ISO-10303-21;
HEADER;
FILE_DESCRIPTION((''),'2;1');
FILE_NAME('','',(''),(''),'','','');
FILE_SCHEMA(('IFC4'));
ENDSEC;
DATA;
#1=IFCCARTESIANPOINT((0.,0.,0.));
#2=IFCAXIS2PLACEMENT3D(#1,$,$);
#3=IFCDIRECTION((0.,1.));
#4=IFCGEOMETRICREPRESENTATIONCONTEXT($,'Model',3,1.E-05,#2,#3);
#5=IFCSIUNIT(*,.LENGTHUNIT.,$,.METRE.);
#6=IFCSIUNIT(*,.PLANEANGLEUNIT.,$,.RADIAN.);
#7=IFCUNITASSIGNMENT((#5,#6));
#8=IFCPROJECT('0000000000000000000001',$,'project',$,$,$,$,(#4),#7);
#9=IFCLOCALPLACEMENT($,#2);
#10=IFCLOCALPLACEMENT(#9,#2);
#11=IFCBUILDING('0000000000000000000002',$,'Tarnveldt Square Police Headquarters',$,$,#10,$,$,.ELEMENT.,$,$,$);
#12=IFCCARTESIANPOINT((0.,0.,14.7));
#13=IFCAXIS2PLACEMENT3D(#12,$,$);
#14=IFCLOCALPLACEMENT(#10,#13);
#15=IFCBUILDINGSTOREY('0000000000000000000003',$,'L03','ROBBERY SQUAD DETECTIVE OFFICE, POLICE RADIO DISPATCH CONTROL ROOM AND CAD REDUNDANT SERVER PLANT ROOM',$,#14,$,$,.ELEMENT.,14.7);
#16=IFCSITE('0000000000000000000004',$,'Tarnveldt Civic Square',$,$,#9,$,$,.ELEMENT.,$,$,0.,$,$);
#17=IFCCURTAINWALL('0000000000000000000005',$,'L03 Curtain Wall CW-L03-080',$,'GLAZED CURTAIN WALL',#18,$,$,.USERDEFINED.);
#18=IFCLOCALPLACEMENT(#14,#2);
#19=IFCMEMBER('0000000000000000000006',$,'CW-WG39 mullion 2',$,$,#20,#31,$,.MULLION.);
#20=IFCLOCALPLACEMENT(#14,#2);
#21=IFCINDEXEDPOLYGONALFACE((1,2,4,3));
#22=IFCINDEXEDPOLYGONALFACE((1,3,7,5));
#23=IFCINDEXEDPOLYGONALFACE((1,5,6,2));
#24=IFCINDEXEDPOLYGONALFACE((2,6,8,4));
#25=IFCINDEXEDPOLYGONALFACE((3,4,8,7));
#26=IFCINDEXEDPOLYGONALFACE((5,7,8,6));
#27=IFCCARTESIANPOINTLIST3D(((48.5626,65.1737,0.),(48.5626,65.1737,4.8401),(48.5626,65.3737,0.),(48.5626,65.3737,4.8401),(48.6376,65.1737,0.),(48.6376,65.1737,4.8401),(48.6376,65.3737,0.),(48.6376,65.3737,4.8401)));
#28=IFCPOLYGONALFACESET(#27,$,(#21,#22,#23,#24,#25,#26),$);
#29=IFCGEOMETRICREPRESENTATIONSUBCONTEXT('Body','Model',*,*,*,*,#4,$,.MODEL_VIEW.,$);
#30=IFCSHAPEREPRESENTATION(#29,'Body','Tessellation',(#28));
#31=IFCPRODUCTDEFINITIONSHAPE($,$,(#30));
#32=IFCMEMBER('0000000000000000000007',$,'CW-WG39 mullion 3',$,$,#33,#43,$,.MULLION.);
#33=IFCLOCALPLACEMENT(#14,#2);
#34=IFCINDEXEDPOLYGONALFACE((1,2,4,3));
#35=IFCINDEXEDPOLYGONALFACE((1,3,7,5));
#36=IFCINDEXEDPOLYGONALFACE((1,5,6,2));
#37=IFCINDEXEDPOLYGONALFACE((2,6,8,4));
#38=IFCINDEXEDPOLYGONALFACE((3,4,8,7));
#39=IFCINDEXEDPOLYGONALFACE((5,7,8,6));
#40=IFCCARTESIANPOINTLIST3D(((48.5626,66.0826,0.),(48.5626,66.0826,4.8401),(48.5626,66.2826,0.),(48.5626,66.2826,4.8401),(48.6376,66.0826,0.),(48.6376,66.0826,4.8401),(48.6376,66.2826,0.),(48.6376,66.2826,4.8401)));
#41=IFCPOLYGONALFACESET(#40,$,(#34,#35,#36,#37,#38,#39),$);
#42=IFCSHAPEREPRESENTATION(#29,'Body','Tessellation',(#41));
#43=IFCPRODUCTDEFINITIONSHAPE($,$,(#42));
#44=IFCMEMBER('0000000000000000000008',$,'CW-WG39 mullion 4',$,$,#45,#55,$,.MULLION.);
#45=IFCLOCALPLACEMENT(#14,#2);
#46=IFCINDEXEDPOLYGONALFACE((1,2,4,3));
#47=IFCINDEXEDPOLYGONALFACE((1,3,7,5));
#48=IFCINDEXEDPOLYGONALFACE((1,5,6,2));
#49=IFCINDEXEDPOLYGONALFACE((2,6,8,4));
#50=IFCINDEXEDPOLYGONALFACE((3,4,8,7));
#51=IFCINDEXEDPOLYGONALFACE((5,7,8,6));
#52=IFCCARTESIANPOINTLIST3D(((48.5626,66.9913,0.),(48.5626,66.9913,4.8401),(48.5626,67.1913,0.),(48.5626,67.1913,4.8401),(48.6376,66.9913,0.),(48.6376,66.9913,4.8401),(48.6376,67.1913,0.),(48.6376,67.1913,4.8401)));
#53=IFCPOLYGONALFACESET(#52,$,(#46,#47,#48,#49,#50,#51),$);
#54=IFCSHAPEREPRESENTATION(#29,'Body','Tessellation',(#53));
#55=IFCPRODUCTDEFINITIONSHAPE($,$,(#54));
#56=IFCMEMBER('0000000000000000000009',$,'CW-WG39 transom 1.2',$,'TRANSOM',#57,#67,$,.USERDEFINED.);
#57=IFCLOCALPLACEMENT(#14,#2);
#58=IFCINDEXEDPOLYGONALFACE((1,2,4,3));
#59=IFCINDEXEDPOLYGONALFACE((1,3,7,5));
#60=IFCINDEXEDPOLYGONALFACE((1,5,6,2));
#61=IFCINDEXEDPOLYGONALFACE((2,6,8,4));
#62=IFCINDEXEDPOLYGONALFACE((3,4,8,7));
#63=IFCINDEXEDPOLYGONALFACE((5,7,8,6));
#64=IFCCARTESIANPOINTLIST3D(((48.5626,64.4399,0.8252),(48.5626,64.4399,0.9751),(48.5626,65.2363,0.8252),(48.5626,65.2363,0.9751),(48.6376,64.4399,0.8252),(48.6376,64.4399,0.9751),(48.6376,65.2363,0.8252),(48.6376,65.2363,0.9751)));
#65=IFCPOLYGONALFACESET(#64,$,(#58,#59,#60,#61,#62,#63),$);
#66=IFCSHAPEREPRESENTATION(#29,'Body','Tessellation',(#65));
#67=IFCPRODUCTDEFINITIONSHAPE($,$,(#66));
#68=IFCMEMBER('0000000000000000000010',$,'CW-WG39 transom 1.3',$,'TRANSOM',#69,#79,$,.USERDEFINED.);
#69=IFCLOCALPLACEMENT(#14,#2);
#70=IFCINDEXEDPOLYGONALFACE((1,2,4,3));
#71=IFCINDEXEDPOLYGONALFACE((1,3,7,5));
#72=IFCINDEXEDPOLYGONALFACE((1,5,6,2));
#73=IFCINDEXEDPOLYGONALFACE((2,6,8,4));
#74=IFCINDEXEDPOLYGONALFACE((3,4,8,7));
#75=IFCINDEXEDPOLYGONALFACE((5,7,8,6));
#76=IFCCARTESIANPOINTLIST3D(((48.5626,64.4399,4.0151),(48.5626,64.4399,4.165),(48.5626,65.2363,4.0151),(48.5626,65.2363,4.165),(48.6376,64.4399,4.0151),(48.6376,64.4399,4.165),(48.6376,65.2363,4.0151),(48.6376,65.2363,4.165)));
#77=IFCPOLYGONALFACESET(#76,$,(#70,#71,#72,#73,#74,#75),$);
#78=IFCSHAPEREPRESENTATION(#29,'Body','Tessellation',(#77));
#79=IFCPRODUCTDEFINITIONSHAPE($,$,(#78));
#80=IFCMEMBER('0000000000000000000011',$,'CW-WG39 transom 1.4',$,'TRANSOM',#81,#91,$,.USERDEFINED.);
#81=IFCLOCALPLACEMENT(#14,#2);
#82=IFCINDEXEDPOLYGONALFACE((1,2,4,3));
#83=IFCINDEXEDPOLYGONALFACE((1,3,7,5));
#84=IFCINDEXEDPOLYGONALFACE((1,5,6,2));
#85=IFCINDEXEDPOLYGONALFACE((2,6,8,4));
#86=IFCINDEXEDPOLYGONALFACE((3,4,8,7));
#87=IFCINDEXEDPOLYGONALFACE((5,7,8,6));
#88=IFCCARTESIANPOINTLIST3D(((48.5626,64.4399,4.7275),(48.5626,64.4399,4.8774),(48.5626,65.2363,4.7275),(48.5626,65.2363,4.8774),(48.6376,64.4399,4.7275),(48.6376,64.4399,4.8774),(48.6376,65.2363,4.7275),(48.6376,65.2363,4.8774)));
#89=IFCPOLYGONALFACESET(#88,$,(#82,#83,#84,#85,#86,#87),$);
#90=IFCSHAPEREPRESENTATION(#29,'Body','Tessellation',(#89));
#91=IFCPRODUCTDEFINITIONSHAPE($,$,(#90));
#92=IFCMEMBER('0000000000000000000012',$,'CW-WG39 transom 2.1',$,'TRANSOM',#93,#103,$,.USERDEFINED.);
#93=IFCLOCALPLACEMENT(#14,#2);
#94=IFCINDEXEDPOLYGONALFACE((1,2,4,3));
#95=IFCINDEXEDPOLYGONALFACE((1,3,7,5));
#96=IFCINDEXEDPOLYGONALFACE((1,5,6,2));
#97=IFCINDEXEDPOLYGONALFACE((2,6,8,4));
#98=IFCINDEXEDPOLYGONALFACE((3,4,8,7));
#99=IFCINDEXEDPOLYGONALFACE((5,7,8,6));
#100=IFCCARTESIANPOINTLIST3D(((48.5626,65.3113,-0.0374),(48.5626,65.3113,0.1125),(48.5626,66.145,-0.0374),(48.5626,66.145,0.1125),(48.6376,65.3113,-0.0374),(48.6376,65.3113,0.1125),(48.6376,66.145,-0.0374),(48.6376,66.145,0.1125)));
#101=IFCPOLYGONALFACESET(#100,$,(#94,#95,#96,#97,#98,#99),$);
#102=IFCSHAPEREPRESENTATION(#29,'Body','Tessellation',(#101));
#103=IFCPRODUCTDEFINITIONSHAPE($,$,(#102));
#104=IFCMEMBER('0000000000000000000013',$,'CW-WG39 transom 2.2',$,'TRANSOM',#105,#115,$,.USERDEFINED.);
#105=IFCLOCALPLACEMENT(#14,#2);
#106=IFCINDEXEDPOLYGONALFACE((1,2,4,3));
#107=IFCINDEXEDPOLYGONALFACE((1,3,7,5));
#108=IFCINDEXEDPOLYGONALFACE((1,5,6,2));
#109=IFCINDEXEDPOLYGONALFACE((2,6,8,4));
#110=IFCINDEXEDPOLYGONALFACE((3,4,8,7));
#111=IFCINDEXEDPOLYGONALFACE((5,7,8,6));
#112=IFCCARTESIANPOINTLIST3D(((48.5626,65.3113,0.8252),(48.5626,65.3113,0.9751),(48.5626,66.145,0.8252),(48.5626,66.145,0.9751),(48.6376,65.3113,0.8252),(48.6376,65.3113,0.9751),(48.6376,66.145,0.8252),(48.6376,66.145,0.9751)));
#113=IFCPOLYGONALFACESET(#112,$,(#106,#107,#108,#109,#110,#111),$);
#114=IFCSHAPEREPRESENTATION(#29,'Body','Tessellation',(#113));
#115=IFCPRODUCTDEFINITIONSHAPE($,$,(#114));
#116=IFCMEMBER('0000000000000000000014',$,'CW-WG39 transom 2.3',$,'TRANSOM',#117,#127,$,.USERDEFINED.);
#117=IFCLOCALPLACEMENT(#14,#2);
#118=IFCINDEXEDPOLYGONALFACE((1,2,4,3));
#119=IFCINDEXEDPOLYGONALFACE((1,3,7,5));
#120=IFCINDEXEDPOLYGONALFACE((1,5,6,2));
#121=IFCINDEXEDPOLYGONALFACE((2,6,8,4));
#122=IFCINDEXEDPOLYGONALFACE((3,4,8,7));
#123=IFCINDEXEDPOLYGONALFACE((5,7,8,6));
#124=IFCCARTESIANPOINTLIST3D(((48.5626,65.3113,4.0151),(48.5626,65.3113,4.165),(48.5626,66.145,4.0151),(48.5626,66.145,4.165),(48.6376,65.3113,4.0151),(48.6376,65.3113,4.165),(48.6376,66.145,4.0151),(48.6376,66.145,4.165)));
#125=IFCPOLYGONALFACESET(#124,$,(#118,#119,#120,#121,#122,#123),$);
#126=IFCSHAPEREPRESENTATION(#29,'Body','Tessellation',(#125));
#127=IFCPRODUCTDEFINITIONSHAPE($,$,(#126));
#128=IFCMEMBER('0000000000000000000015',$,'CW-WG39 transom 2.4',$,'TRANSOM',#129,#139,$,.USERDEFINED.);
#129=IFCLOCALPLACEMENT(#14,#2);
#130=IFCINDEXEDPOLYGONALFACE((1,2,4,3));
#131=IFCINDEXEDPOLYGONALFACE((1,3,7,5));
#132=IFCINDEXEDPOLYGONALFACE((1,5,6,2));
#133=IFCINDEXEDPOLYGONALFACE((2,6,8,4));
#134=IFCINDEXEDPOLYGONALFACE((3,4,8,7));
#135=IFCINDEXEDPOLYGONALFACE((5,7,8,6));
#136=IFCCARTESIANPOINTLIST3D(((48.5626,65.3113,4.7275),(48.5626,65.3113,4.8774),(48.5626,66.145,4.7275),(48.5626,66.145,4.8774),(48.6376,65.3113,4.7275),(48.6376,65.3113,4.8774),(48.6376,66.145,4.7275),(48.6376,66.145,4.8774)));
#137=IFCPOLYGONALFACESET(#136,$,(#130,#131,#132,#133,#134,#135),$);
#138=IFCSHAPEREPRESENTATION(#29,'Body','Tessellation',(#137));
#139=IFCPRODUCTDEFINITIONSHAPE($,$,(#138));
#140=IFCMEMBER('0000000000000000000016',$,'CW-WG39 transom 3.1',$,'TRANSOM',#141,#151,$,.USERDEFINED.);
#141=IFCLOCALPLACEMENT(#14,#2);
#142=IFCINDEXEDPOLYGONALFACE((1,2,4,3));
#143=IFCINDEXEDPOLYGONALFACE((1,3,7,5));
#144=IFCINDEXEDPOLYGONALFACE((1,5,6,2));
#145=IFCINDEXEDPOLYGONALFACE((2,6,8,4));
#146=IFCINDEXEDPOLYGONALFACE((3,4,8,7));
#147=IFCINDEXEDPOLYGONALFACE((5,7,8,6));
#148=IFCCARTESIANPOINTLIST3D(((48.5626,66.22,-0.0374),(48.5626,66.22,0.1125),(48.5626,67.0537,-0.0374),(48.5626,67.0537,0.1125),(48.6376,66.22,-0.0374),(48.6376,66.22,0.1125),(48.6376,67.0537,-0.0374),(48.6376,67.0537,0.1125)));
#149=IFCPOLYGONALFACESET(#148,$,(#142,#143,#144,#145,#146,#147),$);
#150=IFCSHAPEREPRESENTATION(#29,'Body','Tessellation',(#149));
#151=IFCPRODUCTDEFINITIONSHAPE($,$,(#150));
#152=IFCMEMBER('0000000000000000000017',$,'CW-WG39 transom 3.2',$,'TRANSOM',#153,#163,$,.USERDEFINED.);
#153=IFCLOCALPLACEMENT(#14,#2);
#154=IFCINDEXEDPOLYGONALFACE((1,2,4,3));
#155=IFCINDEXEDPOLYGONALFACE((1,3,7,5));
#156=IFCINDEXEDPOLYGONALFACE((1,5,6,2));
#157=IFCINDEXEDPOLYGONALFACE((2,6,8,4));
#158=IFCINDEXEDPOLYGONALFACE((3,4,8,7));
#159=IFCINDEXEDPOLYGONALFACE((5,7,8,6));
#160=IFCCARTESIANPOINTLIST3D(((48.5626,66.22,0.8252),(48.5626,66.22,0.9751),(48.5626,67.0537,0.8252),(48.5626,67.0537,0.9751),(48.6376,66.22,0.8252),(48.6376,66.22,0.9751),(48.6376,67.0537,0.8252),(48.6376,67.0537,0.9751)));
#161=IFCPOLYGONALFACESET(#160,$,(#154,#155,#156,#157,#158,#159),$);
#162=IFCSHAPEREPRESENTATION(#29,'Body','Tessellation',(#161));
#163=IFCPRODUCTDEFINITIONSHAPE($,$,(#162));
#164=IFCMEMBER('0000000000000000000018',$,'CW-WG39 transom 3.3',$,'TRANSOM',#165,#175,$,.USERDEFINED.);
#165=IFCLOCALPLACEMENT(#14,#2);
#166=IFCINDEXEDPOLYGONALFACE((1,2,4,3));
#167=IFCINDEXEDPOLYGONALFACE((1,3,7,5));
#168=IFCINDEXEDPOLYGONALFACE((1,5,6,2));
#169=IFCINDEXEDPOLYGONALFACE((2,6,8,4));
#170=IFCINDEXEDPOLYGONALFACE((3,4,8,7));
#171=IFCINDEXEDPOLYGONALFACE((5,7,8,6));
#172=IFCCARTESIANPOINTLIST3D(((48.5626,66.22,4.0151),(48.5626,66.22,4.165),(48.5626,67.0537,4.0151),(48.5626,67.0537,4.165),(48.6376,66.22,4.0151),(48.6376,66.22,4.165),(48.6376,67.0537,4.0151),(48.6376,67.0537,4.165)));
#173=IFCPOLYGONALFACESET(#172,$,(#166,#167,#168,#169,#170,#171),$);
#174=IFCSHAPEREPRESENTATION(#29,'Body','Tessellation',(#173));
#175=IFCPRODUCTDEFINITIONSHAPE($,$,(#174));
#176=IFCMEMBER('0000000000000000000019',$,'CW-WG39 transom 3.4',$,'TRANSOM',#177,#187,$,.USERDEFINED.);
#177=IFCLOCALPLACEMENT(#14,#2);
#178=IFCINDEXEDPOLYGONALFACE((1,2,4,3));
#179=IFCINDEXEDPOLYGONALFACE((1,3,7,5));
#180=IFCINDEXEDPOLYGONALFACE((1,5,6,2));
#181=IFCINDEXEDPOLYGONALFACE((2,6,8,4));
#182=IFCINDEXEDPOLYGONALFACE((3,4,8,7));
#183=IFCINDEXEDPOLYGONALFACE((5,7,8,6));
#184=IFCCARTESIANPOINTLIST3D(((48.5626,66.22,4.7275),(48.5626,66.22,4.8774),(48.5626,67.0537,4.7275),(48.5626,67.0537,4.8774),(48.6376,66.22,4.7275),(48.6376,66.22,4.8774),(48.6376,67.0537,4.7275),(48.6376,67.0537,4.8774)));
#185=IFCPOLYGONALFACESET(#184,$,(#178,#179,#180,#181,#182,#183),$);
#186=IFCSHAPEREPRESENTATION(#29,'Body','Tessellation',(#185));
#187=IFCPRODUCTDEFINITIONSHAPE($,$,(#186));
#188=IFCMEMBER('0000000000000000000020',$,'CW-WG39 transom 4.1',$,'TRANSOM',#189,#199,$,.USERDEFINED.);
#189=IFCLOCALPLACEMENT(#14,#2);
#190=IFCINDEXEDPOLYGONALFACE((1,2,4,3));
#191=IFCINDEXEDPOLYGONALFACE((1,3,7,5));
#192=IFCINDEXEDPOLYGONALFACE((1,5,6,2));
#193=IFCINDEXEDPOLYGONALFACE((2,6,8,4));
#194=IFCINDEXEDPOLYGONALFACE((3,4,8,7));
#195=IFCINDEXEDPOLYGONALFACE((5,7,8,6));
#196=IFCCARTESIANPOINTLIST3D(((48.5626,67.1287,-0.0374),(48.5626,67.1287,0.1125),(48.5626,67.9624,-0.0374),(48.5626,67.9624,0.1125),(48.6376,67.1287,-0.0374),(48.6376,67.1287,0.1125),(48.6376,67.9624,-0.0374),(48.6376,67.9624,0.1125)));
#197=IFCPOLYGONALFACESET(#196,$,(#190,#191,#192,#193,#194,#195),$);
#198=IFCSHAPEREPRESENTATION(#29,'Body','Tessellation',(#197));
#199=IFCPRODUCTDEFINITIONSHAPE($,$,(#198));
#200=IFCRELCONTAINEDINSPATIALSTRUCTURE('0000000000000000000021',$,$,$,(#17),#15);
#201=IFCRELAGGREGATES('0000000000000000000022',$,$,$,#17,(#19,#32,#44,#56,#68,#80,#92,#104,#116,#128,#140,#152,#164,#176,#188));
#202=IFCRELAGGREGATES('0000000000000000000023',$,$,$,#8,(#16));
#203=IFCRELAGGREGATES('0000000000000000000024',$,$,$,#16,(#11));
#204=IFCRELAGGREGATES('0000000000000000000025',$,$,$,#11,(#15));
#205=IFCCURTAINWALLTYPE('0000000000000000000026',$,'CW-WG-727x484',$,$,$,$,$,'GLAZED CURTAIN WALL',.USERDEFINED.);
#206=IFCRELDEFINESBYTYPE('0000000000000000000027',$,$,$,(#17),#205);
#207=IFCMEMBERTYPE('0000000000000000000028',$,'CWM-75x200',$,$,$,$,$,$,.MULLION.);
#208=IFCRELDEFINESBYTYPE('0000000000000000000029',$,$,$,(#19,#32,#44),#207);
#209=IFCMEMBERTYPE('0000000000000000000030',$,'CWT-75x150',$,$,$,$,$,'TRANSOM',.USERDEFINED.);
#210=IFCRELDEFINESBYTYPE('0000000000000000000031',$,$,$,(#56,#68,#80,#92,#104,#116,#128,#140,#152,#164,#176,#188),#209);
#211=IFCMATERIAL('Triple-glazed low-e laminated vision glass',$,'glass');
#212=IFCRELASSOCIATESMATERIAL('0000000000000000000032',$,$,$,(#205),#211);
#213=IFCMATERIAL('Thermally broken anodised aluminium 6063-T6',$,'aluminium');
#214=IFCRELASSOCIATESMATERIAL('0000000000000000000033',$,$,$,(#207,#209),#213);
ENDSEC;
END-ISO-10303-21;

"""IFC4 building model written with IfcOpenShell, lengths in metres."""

from ifc_helpers import new_model, si_unit, direction, frame, origin, origin_2d, place, context, subcontext, project, spatial, rectangle, extrude, material, material_profile, profile_set, type_object, element, aggregate, save


model = new_model("IFC4")

# Units and contexts
model_context = context("Model", 3, precision=1e-05, world=origin(), true_north=direction((0.0, 1.0)))
body_context = subcontext(model_context, "Body", "Model", "MODEL_VIEW")
ifc_project = project(units=[si_unit("LENGTHUNIT", "METRE"), si_unit("PLANEANGLEUNIT", "RADIAN")], contexts=[model_context])

# Site, building, storey
site_placement = place(None, origin())
site = spatial("IfcSite", under=ifc_project, at=site_placement, Name="Tarnveldt Civic Square", CompositionType="ELEMENT", RefElevation=0.0)
building_placement = place(site_placement, origin())
building = spatial("IfcBuilding", under=site, at=building_placement, Name="Tarnveldt Square Police Headquarters", CompositionType="ELEMENT")
storey_placement = place(building_placement, frame((0.0, 0.0, 14.7)))
storey = spatial("IfcBuildingStorey", under=building, at=storey_placement, Name="L03", Description="ROBBERY SQUAD DETECTIVE OFFICE, POLICE RADIO DISPATCH CONTROL ROOM AND CAD REDUNDANT SERVER PLANT ROOM", CompositionType="ELEMENT", Elevation=14.7)

# Curtain wall, members
ifc_material_1 = material(Name="Triple-glazed low-e laminated vision glass", Category="glass")
curtain_wall_type = type_object("IfcCurtainWallType", Name="CW-WG-727x484", ElementType="GLAZED CURTAIN WALL", PredefinedType="USERDEFINED", material=ifc_material_1)
curtain_wall_placement = place(storey_placement, origin())
curtain_wall = element("IfcCurtainWall", 1, at=curtain_wall_placement, inside=storey, type_object=curtain_wall_type, Name="L03 Curtain Wall CW-L03-080", ObjectType="GLAZED CURTAIN WALL", PredefinedType="USERDEFINED")
ifc_material_2 = material(Name="Thermally broken anodised aluminium 6063-T6", Category="aluminium")
ifc_material_profile_1 = material_profile(ifc_material_2, rectangle(XDim=0.075, YDim=0.2, at=origin_2d()), Name="CW-M75x200")
ifc_profile_set_1 = profile_set([ifc_material_profile_1], Name="Thermally broken anodised aluminium 6063-T6")
member_type_1 = type_object("IfcMemberType", Name="CWM-75x200", PredefinedType="MULLION", material=ifc_profile_set_1)
member_1_placement = place(storey_placement, frame((48.6001, 65.2737, 0.0), z_axis=(0.0, 0.0, 1.0), x_axis=(-1.0, 0.0, 0.0)))
member_1 = element("IfcMember", 2, at=member_1_placement, type_object=member_type_1, Name="CW-WG39 mullion 2", PredefinedType="MULLION", context=body_context, shape_type="SweptSolid", body=[
    extrude(rectangle(XDim=0.075, YDim=0.2, at=origin_2d()), origin(), (0.0, 0.0, 1.0), 4.8401),
])
member_2_placement = place(storey_placement, frame((48.6001, 66.1826, 0.0), z_axis=(0.0, 0.0, 1.0), x_axis=(-1.0, 0.0, 0.0)))
member_2 = element("IfcMember", 3, at=member_2_placement, type_object=member_type_1, Name="CW-WG39 mullion 3", PredefinedType="MULLION", context=body_context, shape_type="SweptSolid", body=[
    extrude(rectangle(XDim=0.075, YDim=0.2, at=origin_2d()), origin(), (0.0, 0.0, 1.0), 4.8401),
])
member_3_placement = place(storey_placement, frame((48.6001, 67.0913, 0.0), z_axis=(0.0, 0.0, 1.0), x_axis=(-1.0, 0.0, 0.0)))
member_3 = element("IfcMember", 4, at=member_3_placement, type_object=member_type_1, Name="CW-WG39 mullion 4", PredefinedType="MULLION", context=body_context, shape_type="SweptSolid", body=[
    extrude(rectangle(XDim=0.075, YDim=0.2, at=origin_2d()), origin(), (0.0, 0.0, 1.0), 4.8401),
])
ifc_material_profile_2 = material_profile(ifc_material_2, rectangle(XDim=0.075, YDim=0.1499, at=origin_2d()), Name="CW-T75x150")
ifc_profile_set_2 = profile_set([ifc_material_profile_2], Name="Thermally broken anodised aluminium 6063-T6")
member_type_2 = type_object("IfcMemberType", Name="CWT-75x150", ElementType="TRANSOM", PredefinedType="USERDEFINED", material=ifc_profile_set_2)
member_4_placement = place(storey_placement, frame((48.6001, 64.4399, 0.9001), z_axis=(0.0, 1.0, 0.0), x_axis=(-1.0, 0.0, 0.0)))
member_4 = element("IfcMember", 5, at=member_4_placement, type_object=member_type_2, Name="CW-WG39 transom 1.2", ObjectType="TRANSOM", PredefinedType="USERDEFINED", context=body_context, shape_type="SweptSolid", body=[
    extrude(rectangle(XDim=0.075, YDim=0.1499, at=origin_2d()), origin(), (0.0, 0.0, 1.0), 0.7964),
])
member_5_placement = place(storey_placement, frame((48.6001, 64.4399, 4.0901), z_axis=(0.0, 1.0, 0.0), x_axis=(-1.0, 0.0, 0.0)))
member_5 = element("IfcMember", 6, at=member_5_placement, type_object=member_type_2, Name="CW-WG39 transom 1.3", ObjectType="TRANSOM", PredefinedType="USERDEFINED", context=body_context, shape_type="SweptSolid", body=[
    extrude(rectangle(XDim=0.075, YDim=0.1499, at=origin_2d()), origin(), (0.0, 0.0, 1.0), 0.7964),
])
member_6_placement = place(storey_placement, frame((48.6001, 64.4399, 4.8025), z_axis=(0.0, 1.0, 0.0), x_axis=(-1.0, 0.0, 0.0)))
member_6 = element("IfcMember", 7, at=member_6_placement, type_object=member_type_2, Name="CW-WG39 transom 1.4", ObjectType="TRANSOM", PredefinedType="USERDEFINED", context=body_context, shape_type="SweptSolid", body=[
    extrude(rectangle(XDim=0.075, YDim=0.1499, at=origin_2d()), origin(), (0.0, 0.0, 1.0), 0.7964),
])
member_7_placement = place(storey_placement, frame((48.6001, 65.3113, 0.0376), z_axis=(0.0, 1.0, 0.0), x_axis=(-1.0, 0.0, 0.0)))
member_7 = element("IfcMember", 8, at=member_7_placement, type_object=member_type_2, Name="CW-WG39 transom 2.1", ObjectType="TRANSOM", PredefinedType="USERDEFINED", context=body_context, shape_type="SweptSolid", body=[
    extrude(rectangle(XDim=0.075, YDim=0.1499, at=origin_2d()), origin(), (0.0, 0.0, 1.0), 0.8337),
])
member_8_placement = place(storey_placement, frame((48.6001, 65.3113, 0.9001), z_axis=(0.0, 1.0, 0.0), x_axis=(-1.0, 0.0, 0.0)))
member_8 = element("IfcMember", 9, at=member_8_placement, type_object=member_type_2, Name="CW-WG39 transom 2.2", ObjectType="TRANSOM", PredefinedType="USERDEFINED", context=body_context, shape_type="SweptSolid", body=[
    extrude(rectangle(XDim=0.075, YDim=0.1499, at=origin_2d()), origin(), (0.0, 0.0, 1.0), 0.8337),
])
member_9_placement = place(storey_placement, frame((48.6001, 65.3113, 4.0901), z_axis=(0.0, 1.0, 0.0), x_axis=(-1.0, 0.0, 0.0)))
member_9 = element("IfcMember", 10, at=member_9_placement, type_object=member_type_2, Name="CW-WG39 transom 2.3", ObjectType="TRANSOM", PredefinedType="USERDEFINED", context=body_context, shape_type="SweptSolid", body=[
    extrude(rectangle(XDim=0.075, YDim=0.1499, at=origin_2d()), origin(), (0.0, 0.0, 1.0), 0.8337),
])
member_10_placement = place(storey_placement, frame((48.6001, 65.3113, 4.8025), z_axis=(0.0, 1.0, 0.0), x_axis=(-1.0, 0.0, 0.0)))
member_10 = element("IfcMember", 11, at=member_10_placement, type_object=member_type_2, Name="CW-WG39 transom 2.4", ObjectType="TRANSOM", PredefinedType="USERDEFINED", context=body_context, shape_type="SweptSolid", body=[
    extrude(rectangle(XDim=0.075, YDim=0.1499, at=origin_2d()), origin(), (0.0, 0.0, 1.0), 0.8337),
])
member_11_placement = place(storey_placement, frame((48.6001, 66.22, 0.0376), z_axis=(0.0, 1.0, 0.0), x_axis=(-1.0, 0.0, 0.0)))
member_11 = element("IfcMember", 12, at=member_11_placement, type_object=member_type_2, Name="CW-WG39 transom 3.1", ObjectType="TRANSOM", PredefinedType="USERDEFINED", context=body_context, shape_type="SweptSolid", body=[
    extrude(rectangle(XDim=0.075, YDim=0.1499, at=origin_2d()), origin(), (0.0, 0.0, 1.0), 0.8337),
])
member_12_placement = place(storey_placement, frame((48.6001, 66.22, 0.9001), z_axis=(0.0, 1.0, 0.0), x_axis=(-1.0, 0.0, 0.0)))
member_12 = element("IfcMember", 13, at=member_12_placement, type_object=member_type_2, Name="CW-WG39 transom 3.2", ObjectType="TRANSOM", PredefinedType="USERDEFINED", context=body_context, shape_type="SweptSolid", body=[
    extrude(rectangle(XDim=0.075, YDim=0.1499, at=origin_2d()), origin(), (0.0, 0.0, 1.0), 0.8337),
])
member_13_placement = place(storey_placement, frame((48.6001, 66.22, 4.0901), z_axis=(0.0, 1.0, 0.0), x_axis=(-1.0, 0.0, 0.0)))
member_13 = element("IfcMember", 14, at=member_13_placement, type_object=member_type_2, Name="CW-WG39 transom 3.3", ObjectType="TRANSOM", PredefinedType="USERDEFINED", context=body_context, shape_type="SweptSolid", body=[
    extrude(rectangle(XDim=0.075, YDim=0.1499, at=origin_2d()), origin(), (0.0, 0.0, 1.0), 0.8337),
])
member_14_placement = place(storey_placement, frame((48.6001, 66.22, 4.8025), z_axis=(0.0, 1.0, 0.0), x_axis=(-1.0, 0.0, 0.0)))
member_14 = element("IfcMember", 15, at=member_14_placement, type_object=member_type_2, Name="CW-WG39 transom 3.4", ObjectType="TRANSOM", PredefinedType="USERDEFINED", context=body_context, shape_type="SweptSolid", body=[
    extrude(rectangle(XDim=0.075, YDim=0.1499, at=origin_2d()), origin(), (0.0, 0.0, 1.0), 0.8337),
])
member_15_placement = place(storey_placement, frame((48.6001, 67.1287, 0.0376), z_axis=(0.0, 1.0, 0.0), x_axis=(-1.0, 0.0, 0.0)))
member_15 = element("IfcMember", 16, at=member_15_placement, type_object=member_type_2, Name="CW-WG39 transom 4.1", ObjectType="TRANSOM", PredefinedType="USERDEFINED", context=body_context, shape_type="SweptSolid", body=[
    extrude(rectangle(XDim=0.075, YDim=0.1499, at=origin_2d()), origin(), (0.0, 0.0, 1.0), 0.8337),
])
aggregate(curtain_wall, [member_1, member_2, member_3, member_4, member_5, member_6, member_7, member_8, member_9, member_10, member_11, member_12, member_13, member_14, member_15])

save(model, "model.ifc")
